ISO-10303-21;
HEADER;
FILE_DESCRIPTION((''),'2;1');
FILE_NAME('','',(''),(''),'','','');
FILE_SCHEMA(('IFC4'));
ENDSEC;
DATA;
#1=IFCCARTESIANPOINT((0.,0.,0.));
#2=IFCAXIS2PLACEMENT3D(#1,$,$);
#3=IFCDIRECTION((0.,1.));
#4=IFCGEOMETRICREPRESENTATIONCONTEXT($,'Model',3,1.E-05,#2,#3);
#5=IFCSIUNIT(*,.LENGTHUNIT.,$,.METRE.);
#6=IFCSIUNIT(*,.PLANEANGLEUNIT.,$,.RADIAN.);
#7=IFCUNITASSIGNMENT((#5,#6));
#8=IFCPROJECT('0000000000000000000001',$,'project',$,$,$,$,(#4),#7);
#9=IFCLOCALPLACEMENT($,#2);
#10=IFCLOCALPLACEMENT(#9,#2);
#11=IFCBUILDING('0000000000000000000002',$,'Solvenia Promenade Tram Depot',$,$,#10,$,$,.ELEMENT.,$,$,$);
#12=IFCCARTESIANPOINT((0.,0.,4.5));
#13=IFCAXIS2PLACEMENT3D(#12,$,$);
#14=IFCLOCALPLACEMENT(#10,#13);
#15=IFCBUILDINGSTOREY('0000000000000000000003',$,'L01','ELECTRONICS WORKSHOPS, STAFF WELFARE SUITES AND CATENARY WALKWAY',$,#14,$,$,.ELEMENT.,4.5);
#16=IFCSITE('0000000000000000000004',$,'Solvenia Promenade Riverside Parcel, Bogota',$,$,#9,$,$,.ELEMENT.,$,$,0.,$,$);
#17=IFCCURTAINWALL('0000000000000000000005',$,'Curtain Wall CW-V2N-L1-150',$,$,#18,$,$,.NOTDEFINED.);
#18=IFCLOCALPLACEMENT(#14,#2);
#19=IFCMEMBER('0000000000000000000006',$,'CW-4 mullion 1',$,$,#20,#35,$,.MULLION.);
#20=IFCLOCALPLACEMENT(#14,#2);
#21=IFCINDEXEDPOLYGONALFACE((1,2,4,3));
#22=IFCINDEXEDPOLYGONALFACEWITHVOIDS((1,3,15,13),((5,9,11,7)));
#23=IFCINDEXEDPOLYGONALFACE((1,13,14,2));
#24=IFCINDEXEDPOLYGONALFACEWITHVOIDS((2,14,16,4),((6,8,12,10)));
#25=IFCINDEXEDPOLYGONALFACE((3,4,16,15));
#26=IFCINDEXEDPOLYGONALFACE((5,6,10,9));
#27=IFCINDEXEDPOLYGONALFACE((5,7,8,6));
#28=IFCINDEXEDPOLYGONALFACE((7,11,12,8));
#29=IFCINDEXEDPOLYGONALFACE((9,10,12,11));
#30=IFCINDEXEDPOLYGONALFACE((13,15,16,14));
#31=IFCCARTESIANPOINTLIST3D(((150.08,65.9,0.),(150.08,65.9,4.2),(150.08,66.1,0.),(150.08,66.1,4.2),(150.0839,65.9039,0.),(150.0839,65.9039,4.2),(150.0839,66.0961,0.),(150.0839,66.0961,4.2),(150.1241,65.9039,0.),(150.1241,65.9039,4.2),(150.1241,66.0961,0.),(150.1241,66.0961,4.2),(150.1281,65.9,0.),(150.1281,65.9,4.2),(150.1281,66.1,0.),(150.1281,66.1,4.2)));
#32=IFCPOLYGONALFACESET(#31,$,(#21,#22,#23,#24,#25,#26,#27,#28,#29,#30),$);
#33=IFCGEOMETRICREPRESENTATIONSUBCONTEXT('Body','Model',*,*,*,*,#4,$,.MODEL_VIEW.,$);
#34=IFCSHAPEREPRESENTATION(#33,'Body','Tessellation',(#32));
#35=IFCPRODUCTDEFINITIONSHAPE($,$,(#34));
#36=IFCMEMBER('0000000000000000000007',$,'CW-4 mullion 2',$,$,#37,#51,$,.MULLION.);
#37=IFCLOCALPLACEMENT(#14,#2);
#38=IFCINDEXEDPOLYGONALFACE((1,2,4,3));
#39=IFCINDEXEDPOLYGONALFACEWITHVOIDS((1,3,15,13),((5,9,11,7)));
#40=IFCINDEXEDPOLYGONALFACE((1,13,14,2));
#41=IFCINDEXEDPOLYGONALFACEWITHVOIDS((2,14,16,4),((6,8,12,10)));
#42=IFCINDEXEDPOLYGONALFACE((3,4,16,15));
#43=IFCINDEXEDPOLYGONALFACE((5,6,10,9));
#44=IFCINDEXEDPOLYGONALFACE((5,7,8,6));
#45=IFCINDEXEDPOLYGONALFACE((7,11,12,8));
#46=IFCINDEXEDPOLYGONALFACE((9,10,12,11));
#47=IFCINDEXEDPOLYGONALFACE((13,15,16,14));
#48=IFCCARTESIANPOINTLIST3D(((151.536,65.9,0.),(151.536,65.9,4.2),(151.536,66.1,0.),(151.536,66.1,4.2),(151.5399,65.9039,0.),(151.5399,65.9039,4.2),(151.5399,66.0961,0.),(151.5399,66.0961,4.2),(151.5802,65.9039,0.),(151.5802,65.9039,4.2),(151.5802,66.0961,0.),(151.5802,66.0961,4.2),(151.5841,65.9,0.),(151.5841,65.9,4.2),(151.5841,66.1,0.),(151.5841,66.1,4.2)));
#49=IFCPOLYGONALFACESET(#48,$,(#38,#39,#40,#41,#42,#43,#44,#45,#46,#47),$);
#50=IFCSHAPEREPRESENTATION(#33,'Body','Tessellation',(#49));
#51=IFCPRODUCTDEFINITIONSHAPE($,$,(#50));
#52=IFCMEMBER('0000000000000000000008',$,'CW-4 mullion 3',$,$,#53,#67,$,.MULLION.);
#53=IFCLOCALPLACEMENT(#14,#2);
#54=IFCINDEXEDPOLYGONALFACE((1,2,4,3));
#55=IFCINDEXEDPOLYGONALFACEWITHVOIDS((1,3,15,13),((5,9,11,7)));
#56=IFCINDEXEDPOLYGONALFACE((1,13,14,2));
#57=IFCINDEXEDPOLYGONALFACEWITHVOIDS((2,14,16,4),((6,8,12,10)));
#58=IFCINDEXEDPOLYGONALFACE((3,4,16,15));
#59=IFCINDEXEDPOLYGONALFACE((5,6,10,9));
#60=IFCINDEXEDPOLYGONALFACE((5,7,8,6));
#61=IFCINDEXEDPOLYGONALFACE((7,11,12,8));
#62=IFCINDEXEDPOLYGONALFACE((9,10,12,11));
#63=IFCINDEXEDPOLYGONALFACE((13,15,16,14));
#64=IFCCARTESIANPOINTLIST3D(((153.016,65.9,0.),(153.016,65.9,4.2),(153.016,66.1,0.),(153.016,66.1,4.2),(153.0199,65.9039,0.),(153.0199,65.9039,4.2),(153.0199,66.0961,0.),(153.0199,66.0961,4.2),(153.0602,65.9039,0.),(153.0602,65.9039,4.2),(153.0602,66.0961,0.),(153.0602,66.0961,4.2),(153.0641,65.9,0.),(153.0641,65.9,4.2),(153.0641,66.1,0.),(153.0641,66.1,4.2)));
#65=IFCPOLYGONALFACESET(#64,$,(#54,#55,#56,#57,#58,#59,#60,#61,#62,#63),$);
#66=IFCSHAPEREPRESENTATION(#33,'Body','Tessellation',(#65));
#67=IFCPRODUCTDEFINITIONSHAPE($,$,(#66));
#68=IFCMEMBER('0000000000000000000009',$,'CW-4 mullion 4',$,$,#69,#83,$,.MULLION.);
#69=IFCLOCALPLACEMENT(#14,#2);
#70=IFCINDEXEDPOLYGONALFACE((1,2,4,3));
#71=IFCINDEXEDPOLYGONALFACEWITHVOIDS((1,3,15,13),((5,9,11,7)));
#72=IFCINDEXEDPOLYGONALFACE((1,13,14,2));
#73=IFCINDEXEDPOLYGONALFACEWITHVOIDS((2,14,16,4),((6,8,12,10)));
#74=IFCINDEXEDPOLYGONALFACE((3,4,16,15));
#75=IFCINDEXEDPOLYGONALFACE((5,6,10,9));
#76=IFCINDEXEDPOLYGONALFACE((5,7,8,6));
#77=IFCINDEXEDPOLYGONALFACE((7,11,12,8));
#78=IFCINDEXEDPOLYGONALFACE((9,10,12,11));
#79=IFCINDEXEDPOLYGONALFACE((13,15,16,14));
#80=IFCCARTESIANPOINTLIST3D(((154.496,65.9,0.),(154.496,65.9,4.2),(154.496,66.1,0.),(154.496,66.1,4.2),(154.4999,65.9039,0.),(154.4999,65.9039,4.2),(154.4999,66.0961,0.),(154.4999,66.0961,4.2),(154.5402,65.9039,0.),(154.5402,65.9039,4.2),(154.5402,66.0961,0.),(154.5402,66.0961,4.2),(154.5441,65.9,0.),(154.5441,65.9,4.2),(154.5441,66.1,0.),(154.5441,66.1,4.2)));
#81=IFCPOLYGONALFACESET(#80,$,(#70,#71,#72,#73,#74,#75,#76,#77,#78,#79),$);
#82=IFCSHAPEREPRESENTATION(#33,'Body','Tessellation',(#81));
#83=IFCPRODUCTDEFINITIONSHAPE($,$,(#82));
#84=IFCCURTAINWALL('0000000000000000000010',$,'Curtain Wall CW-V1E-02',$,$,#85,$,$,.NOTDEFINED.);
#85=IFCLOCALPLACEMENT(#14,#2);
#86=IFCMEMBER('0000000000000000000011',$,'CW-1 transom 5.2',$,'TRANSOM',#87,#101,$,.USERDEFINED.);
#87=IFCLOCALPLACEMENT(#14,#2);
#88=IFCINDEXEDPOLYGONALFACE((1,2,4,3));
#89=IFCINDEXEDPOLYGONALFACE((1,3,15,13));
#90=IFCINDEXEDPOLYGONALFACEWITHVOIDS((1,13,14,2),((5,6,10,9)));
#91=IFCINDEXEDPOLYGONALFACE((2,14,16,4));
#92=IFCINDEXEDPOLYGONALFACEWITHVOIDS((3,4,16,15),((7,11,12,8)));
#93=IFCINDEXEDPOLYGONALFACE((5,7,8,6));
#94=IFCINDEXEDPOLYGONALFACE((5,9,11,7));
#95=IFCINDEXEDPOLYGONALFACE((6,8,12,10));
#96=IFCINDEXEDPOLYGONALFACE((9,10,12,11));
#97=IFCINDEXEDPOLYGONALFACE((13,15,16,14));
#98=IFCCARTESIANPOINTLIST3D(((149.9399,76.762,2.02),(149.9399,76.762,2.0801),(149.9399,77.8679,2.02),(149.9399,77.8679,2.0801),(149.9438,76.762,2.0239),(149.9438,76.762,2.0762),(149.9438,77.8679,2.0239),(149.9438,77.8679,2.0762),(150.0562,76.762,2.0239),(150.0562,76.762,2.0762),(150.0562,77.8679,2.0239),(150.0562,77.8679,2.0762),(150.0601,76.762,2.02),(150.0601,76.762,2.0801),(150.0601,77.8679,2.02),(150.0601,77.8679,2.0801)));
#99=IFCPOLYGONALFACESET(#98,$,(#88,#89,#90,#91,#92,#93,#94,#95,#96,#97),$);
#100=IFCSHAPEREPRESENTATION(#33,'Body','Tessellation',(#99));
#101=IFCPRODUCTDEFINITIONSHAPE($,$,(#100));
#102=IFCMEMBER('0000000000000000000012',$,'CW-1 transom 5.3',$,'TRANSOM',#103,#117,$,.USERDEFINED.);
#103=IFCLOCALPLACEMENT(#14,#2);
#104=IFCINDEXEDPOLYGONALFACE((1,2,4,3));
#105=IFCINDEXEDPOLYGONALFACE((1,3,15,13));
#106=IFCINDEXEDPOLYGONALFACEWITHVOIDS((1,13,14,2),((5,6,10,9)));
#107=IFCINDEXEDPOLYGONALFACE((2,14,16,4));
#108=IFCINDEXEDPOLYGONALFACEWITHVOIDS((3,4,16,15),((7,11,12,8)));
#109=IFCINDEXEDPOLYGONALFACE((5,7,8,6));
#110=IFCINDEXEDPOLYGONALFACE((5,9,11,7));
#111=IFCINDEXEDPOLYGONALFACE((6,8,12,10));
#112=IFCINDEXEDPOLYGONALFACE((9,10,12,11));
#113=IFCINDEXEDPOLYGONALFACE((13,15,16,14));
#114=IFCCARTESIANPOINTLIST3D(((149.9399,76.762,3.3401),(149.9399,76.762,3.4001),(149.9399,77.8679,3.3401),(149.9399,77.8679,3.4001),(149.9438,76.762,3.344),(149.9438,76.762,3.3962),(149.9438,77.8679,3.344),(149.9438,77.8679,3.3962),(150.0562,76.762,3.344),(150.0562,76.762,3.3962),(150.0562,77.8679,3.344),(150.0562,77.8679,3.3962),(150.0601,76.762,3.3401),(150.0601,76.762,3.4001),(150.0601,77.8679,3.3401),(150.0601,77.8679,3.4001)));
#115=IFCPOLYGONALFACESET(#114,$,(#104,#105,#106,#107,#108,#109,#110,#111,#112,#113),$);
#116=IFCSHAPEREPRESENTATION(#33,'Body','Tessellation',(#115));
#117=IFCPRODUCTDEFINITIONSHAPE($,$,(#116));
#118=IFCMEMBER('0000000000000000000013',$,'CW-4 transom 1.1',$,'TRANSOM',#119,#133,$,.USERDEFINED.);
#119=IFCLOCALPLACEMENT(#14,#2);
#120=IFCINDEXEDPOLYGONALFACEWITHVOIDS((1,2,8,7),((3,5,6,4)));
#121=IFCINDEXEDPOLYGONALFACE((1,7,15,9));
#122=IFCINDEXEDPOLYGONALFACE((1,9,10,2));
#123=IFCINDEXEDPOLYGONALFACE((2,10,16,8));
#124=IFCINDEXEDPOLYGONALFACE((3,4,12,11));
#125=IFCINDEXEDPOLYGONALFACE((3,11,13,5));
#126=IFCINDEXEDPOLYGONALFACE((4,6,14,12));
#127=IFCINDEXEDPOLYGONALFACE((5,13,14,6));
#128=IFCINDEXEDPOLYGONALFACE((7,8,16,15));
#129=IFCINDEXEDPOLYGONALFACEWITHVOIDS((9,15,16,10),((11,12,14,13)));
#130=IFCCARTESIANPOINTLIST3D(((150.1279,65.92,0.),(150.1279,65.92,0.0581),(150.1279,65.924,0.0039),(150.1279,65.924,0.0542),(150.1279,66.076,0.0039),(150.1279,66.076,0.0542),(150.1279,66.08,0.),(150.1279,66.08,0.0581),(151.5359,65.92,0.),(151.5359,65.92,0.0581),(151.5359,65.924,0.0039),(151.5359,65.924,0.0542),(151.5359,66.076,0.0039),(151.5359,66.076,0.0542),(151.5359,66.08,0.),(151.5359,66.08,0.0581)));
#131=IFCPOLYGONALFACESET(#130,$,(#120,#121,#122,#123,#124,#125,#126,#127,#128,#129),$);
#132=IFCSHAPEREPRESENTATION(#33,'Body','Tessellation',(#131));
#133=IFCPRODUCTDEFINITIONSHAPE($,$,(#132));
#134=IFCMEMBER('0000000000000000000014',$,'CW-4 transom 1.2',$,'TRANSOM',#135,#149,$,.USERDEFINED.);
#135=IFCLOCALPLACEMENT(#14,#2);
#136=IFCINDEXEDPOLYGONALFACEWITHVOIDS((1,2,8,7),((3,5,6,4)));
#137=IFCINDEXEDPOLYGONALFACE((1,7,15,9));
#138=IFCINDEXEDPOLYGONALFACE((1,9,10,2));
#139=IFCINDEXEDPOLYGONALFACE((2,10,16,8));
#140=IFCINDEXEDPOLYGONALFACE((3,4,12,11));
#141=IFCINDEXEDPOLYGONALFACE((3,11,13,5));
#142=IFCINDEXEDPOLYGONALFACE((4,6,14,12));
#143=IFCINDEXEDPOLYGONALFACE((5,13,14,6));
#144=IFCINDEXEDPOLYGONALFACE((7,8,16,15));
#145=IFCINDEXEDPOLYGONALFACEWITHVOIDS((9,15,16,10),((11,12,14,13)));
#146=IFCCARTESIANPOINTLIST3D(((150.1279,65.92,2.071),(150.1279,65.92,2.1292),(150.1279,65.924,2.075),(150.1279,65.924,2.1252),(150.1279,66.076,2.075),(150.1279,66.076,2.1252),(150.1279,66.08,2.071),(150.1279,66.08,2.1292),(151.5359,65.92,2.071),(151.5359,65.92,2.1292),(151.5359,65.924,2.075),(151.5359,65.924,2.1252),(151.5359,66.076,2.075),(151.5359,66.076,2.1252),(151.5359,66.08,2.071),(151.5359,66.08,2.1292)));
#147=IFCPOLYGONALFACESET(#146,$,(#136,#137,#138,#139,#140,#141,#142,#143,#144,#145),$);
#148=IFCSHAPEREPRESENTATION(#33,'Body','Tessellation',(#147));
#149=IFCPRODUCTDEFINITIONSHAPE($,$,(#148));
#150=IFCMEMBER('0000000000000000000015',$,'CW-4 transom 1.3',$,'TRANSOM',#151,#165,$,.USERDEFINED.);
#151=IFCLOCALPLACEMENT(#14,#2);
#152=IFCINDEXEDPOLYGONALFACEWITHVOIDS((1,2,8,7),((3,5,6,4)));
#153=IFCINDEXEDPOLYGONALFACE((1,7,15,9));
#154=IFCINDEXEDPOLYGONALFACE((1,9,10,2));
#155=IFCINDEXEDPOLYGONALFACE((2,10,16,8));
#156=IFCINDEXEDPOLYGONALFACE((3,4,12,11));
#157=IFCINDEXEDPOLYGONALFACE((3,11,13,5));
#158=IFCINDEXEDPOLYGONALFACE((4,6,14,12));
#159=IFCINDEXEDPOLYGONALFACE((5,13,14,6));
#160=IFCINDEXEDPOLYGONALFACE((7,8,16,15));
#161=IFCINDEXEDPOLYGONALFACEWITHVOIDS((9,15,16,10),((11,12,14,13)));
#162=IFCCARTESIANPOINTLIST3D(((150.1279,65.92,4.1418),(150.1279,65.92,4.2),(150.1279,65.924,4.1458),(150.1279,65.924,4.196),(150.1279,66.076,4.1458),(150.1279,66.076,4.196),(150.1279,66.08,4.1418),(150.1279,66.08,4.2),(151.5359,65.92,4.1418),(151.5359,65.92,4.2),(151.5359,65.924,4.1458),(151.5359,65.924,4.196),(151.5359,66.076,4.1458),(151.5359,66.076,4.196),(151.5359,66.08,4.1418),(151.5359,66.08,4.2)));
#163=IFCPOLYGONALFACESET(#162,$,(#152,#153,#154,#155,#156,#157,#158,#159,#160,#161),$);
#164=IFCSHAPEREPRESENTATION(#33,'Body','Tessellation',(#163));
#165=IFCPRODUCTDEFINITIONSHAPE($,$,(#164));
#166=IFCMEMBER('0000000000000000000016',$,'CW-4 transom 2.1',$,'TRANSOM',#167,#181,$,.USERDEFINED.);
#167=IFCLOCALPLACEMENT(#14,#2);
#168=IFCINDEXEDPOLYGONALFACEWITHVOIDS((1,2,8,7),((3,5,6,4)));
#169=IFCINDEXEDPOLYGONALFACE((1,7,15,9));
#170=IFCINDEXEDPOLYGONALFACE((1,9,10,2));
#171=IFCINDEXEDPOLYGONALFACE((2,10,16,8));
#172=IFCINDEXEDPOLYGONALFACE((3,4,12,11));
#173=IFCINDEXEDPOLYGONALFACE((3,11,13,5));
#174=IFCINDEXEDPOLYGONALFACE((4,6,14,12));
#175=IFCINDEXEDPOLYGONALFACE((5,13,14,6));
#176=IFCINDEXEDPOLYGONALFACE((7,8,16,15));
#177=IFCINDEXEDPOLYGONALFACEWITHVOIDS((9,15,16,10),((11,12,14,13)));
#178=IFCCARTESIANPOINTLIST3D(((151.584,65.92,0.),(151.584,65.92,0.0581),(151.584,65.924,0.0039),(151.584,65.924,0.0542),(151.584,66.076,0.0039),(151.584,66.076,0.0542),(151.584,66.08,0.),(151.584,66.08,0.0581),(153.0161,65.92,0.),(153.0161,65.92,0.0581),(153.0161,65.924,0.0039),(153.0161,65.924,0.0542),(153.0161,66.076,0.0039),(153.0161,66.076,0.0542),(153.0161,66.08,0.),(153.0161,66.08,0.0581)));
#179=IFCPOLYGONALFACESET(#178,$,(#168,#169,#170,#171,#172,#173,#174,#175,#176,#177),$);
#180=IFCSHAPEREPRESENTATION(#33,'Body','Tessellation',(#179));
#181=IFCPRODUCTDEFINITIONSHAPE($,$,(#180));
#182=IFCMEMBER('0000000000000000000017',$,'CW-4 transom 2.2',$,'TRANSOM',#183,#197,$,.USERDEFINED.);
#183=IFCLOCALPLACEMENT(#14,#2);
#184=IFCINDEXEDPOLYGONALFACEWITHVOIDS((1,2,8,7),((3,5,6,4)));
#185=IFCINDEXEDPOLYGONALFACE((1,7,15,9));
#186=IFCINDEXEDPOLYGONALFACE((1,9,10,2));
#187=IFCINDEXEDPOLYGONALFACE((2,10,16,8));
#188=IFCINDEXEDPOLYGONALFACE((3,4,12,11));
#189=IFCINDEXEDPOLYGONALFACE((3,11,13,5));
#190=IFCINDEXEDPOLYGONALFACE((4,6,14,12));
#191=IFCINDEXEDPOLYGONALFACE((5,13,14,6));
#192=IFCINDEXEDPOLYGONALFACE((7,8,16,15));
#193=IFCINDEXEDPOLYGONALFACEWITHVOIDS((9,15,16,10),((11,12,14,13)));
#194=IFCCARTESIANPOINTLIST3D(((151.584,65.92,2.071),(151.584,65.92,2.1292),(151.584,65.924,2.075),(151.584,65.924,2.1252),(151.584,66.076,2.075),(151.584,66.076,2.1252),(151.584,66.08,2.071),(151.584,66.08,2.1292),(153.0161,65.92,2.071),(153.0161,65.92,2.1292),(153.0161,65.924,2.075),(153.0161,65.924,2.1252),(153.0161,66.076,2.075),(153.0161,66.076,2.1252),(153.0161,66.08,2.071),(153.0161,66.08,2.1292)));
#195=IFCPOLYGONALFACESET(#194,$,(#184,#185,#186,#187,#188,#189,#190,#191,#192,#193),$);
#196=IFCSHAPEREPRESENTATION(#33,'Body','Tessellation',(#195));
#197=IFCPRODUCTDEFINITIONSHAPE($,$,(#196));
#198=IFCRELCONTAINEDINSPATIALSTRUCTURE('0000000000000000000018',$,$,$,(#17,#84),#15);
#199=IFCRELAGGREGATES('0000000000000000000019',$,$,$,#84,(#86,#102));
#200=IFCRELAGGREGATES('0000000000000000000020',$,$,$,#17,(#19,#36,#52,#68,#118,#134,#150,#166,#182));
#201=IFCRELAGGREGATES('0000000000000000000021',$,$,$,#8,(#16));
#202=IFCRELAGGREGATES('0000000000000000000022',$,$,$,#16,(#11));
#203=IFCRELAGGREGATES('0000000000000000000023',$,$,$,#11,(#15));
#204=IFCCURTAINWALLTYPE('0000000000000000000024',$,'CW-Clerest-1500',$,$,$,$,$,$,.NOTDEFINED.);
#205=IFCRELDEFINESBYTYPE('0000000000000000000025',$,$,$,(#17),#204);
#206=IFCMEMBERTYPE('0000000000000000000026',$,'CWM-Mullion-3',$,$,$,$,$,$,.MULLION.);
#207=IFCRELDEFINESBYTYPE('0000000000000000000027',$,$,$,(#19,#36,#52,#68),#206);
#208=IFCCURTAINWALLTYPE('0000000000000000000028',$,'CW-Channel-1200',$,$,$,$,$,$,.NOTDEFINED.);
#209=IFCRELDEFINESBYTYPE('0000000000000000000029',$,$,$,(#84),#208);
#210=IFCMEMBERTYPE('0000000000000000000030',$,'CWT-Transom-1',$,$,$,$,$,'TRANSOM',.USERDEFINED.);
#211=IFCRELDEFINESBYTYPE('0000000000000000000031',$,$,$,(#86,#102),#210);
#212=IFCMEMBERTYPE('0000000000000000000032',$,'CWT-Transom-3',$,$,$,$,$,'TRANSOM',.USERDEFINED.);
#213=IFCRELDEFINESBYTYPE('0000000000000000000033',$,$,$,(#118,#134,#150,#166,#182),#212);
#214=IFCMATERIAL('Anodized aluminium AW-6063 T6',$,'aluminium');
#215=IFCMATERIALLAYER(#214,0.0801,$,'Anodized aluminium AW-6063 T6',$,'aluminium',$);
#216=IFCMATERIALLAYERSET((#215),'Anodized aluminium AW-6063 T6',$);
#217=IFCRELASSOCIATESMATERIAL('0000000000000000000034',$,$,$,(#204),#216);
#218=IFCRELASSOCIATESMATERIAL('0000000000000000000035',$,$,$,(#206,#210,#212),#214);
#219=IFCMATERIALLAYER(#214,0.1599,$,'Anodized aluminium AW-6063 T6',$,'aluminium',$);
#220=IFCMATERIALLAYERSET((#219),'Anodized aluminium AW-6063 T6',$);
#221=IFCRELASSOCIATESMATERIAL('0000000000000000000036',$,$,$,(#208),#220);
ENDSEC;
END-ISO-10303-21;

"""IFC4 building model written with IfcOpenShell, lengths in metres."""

from ifc_helpers import new_model, si_unit, direction, frame, origin, origin_2d, place, context, subcontext, project, spatial, hollow_rectangle, extrude, material, layer, layer_set, material_profile, profile_set, type_object, element, aggregate, save


model = new_model("IFC4")

# Units and contexts
model_context = context("Model", 3, precision=1e-05, world=origin(), true_north=direction((0.0, 1.0)))
body_context = subcontext(model_context, "Body", "Model", "MODEL_VIEW")
ifc_project = project(units=[si_unit("LENGTHUNIT", "METRE"), si_unit("PLANEANGLEUNIT", "RADIAN")], contexts=[model_context])

# Site, building, storey
site_placement = place(None, origin())
site = spatial("IfcSite", under=ifc_project, at=site_placement, Name="Solvenia Promenade Riverside Parcel, Bogota", CompositionType="ELEMENT", RefElevation=0.0)
building_placement = place(site_placement, origin())
building = spatial("IfcBuilding", under=site, at=building_placement, Name="Solvenia Promenade Tram Depot", CompositionType="ELEMENT")
storey_placement = place(building_placement, frame((0.0, 0.0, 4.5)))
storey = spatial("IfcBuildingStorey", under=building, at=storey_placement, Name="L01", Description="ELECTRONICS WORKSHOPS, STAFF WELFARE SUITES AND CATENARY WALKWAY", CompositionType="ELEMENT", Elevation=4.5)

# Curtain walls, members
ifc_material_1 = material(Name="Anodized aluminium AW-6063 T6", Category="aluminium")
ifc_layer_1 = layer(ifc_material_1, 0.0801, Name="Anodized aluminium AW-6063 T6", Category="aluminium")
ifc_layer_set_1 = layer_set([ifc_layer_1], Name="Anodized aluminium AW-6063 T6")
curtain_wall_type_1 = type_object("IfcCurtainWallType", Name="CW-Clerest-1500", PredefinedType="NOTDEFINED", material=ifc_layer_set_1)
curtain_wall_1_placement = place(storey_placement, origin())
curtain_wall_1 = element("IfcCurtainWall", 1, at=curtain_wall_1_placement, inside=storey, type_object=curtain_wall_type_1, Name="Curtain Wall CW-V2N-L1-150", PredefinedType="NOTDEFINED")
ifc_material_profile_1 = material_profile(ifc_material_1, hollow_rectangle(XDim=0.2, YDim=0.0481, WallThickness=0.0039, at=origin_2d()), Name="ALU-M3", Category="aluminium")
ifc_profile_set_1 = profile_set([ifc_material_profile_1], Name="Anodized aluminium AW-6063 T6")
member_type_1 = type_object("IfcMemberType", Name="CWM-Mullion-3", PredefinedType="MULLION", material=ifc_profile_set_1)
member_1_placement = place(storey_placement, frame((150.104, 66.0, 0.0), z_axis=(0.0, 0.0, 1.0), x_axis=(0.0, 1.0, 0.0)))
member_1 = element("IfcMember", 2, at=member_1_placement, type_object=member_type_1, Name="CW-4 mullion 1", PredefinedType="MULLION", context=body_context, shape_type="SweptSolid", body=[
    extrude(hollow_rectangle(XDim=0.2, YDim=0.0481, WallThickness=0.0039, at=origin_2d()), origin(), (0.0, 0.0, 1.0), 4.2),
])
member_2_placement = place(storey_placement, frame((151.5601, 66.0, 0.0), z_axis=(0.0, 0.0, 1.0), x_axis=(0.0, 1.0, 0.0)))
member_2 = element("IfcMember", 3, at=member_2_placement, type_object=member_type_1, Name="CW-4 mullion 2", PredefinedType="MULLION", context=body_context, shape_type="SweptSolid", body=[
    extrude(hollow_rectangle(XDim=0.2, YDim=0.0481, WallThickness=0.0039, at=origin_2d()), origin(), (0.0, 0.0, 1.0), 4.2),
])
member_3_placement = place(storey_placement, frame((153.04, 66.0, 0.0), z_axis=(0.0, 0.0, 1.0), x_axis=(0.0, 1.0, 0.0)))
member_3 = element("IfcMember", 4, at=member_3_placement, type_object=member_type_1, Name="CW-4 mullion 3", PredefinedType="MULLION", context=body_context, shape_type="SweptSolid", body=[
    extrude(hollow_rectangle(XDim=0.2, YDim=0.0481, WallThickness=0.0039, at=origin_2d()), origin(), (0.0, 0.0, 1.0), 4.2),
])
member_4_placement = place(storey_placement, frame((154.52, 66.0, 0.0), z_axis=(0.0, 0.0, 1.0), x_axis=(0.0, 1.0, 0.0)))
member_4 = element("IfcMember", 5, at=member_4_placement, type_object=member_type_1, Name="CW-4 mullion 4", PredefinedType="MULLION", context=body_context, shape_type="SweptSolid", body=[
    extrude(hollow_rectangle(XDim=0.2, YDim=0.0481, WallThickness=0.0039, at=origin_2d()), origin(), (0.0, 0.0, 1.0), 4.2),
])
ifc_layer_2 = layer(ifc_material_1, 0.1599, Name="Anodized aluminium AW-6063 T6", Category="aluminium")
ifc_layer_set_2 = layer_set([ifc_layer_2], Name="Anodized aluminium AW-6063 T6")
curtain_wall_type_2 = type_object("IfcCurtainWallType", Name="CW-Channel-1200", PredefinedType="NOTDEFINED", material=ifc_layer_set_2)
curtain_wall_2_placement = place(storey_placement, origin())
curtain_wall_2 = element("IfcCurtainWall", 6, at=curtain_wall_2_placement, inside=storey, type_object=curtain_wall_type_2, Name="Curtain Wall CW-V1E-02", PredefinedType="NOTDEFINED")
ifc_material_profile_2 = material_profile(ifc_material_1, hollow_rectangle(XDim=0.1201, YDim=0.0601, WallThickness=0.0039, at=origin_2d()), Name="ALU-T1", Category="aluminium")
ifc_profile_set_2 = profile_set([ifc_material_profile_2], Name="Anodized aluminium AW-6063 T6")
member_type_2 = type_object("IfcMemberType", Name="CWT-Transom-1", ElementType="TRANSOM", PredefinedType="USERDEFINED", material=ifc_profile_set_2)
member_5_placement = place(storey_placement, frame((150.0, 76.762, 2.05), z_axis=(0.0, 1.0, 0.0), x_axis=(-1.0, 0.0, 0.0)))
member_5 = element("IfcMember", 7, at=member_5_placement, type_object=member_type_2, Name="CW-1 transom 5.2", ObjectType="TRANSOM", PredefinedType="USERDEFINED", context=body_context, shape_type="SweptSolid", body=[
    extrude(hollow_rectangle(XDim=0.1201, YDim=0.0601, WallThickness=0.0039, at=origin_2d()), origin(), (0.0, 0.0, 1.0), 1.106),
])
member_6_placement = place(storey_placement, frame((150.0, 76.762, 3.3701), z_axis=(0.0, 1.0, 0.0), x_axis=(-1.0, 0.0, 0.0)))
member_6 = element("IfcMember", 8, at=member_6_placement, type_object=member_type_2, Name="CW-1 transom 5.3", ObjectType="TRANSOM", PredefinedType="USERDEFINED", context=body_context, shape_type="SweptSolid", body=[
    extrude(hollow_rectangle(XDim=0.1201, YDim=0.0601, WallThickness=0.0039, at=origin_2d()), origin(), (0.0, 0.0, 1.0), 1.106),
])
aggregate(curtain_wall_2, [member_5, member_6])

# Members
ifc_material_profile_3 = material_profile(ifc_material_1, hollow_rectangle(XDim=0.1599, YDim=0.0581, WallThickness=0.0039, at=origin_2d()), Name="ALU-T3", Category="aluminium")
ifc_profile_set_3 = profile_set([ifc_material_profile_3], Name="Anodized aluminium AW-6063 T6")
member_type_3 = type_object("IfcMemberType", Name="CWT-Transom-3", ElementType="TRANSOM", PredefinedType="USERDEFINED", material=ifc_profile_set_3)
member_7_placement = place(storey_placement, frame((150.1279, 66.0, 0.0291), z_axis=(1.0, 0.0, 0.0), x_axis=(0.0, 1.0, 0.0)))
member_7 = element("IfcMember", 9, at=member_7_placement, type_object=member_type_3, Name="CW-4 transom 1.1", ObjectType="TRANSOM", PredefinedType="USERDEFINED", context=body_context, shape_type="SweptSolid", body=[
    extrude(hollow_rectangle(XDim=0.1599, YDim=0.0581, WallThickness=0.0039, at=origin_2d()), origin(), (0.0, 0.0, 1.0), 1.408),
])
member_8_placement = place(storey_placement, frame((150.1279, 66.0, 2.1001), z_axis=(1.0, 0.0, 0.0), x_axis=(0.0, 1.0, 0.0)))
member_8 = element("IfcMember", 10, at=member_8_placement, type_object=member_type_3, Name="CW-4 transom 1.2", ObjectType="TRANSOM", PredefinedType="USERDEFINED", context=body_context, shape_type="SweptSolid", body=[
    extrude(hollow_rectangle(XDim=0.1599, YDim=0.0581, WallThickness=0.0039, at=origin_2d()), origin(), (0.0, 0.0, 1.0), 1.408),
])
member_9_placement = place(storey_placement, frame((150.1279, 66.0, 4.1709), z_axis=(1.0, 0.0, 0.0), x_axis=(0.0, 1.0, 0.0)))
member_9 = element("IfcMember", 11, at=member_9_placement, type_object=member_type_3, Name="CW-4 transom 1.3", ObjectType="TRANSOM", PredefinedType="USERDEFINED", context=body_context, shape_type="SweptSolid", body=[
    extrude(hollow_rectangle(XDim=0.1599, YDim=0.0581, WallThickness=0.0039, at=origin_2d()), origin(), (0.0, 0.0, 1.0), 1.408),
])
member_10_placement = place(storey_placement, frame((151.584, 66.0, 0.0291), z_axis=(1.0, 0.0, 0.0), x_axis=(0.0, 1.0, 0.0)))
member_10 = element("IfcMember", 12, at=member_10_placement, type_object=member_type_3, Name="CW-4 transom 2.1", ObjectType="TRANSOM", PredefinedType="USERDEFINED", context=body_context, shape_type="SweptSolid", body=[
    extrude(hollow_rectangle(XDim=0.1599, YDim=0.0581, WallThickness=0.0039, at=origin_2d()), origin(), (0.0, 0.0, 1.0), 1.4321),
])
member_11_placement = place(storey_placement, frame((151.584, 66.0, 2.1001), z_axis=(1.0, 0.0, 0.0), x_axis=(0.0, 1.0, 0.0)))
member_11 = element("IfcMember", 13, at=member_11_placement, type_object=member_type_3, Name="CW-4 transom 2.2", ObjectType="TRANSOM", PredefinedType="USERDEFINED", context=body_context, shape_type="SweptSolid", body=[
    extrude(hollow_rectangle(XDim=0.1599, YDim=0.0581, WallThickness=0.0039, at=origin_2d()), origin(), (0.0, 0.0, 1.0), 1.4321),
])

aggregate(curtain_wall_1, [member_1, member_2, member_3, member_4, member_7, member_8, member_9, member_10, member_11])

save(model, "model.ifc")
